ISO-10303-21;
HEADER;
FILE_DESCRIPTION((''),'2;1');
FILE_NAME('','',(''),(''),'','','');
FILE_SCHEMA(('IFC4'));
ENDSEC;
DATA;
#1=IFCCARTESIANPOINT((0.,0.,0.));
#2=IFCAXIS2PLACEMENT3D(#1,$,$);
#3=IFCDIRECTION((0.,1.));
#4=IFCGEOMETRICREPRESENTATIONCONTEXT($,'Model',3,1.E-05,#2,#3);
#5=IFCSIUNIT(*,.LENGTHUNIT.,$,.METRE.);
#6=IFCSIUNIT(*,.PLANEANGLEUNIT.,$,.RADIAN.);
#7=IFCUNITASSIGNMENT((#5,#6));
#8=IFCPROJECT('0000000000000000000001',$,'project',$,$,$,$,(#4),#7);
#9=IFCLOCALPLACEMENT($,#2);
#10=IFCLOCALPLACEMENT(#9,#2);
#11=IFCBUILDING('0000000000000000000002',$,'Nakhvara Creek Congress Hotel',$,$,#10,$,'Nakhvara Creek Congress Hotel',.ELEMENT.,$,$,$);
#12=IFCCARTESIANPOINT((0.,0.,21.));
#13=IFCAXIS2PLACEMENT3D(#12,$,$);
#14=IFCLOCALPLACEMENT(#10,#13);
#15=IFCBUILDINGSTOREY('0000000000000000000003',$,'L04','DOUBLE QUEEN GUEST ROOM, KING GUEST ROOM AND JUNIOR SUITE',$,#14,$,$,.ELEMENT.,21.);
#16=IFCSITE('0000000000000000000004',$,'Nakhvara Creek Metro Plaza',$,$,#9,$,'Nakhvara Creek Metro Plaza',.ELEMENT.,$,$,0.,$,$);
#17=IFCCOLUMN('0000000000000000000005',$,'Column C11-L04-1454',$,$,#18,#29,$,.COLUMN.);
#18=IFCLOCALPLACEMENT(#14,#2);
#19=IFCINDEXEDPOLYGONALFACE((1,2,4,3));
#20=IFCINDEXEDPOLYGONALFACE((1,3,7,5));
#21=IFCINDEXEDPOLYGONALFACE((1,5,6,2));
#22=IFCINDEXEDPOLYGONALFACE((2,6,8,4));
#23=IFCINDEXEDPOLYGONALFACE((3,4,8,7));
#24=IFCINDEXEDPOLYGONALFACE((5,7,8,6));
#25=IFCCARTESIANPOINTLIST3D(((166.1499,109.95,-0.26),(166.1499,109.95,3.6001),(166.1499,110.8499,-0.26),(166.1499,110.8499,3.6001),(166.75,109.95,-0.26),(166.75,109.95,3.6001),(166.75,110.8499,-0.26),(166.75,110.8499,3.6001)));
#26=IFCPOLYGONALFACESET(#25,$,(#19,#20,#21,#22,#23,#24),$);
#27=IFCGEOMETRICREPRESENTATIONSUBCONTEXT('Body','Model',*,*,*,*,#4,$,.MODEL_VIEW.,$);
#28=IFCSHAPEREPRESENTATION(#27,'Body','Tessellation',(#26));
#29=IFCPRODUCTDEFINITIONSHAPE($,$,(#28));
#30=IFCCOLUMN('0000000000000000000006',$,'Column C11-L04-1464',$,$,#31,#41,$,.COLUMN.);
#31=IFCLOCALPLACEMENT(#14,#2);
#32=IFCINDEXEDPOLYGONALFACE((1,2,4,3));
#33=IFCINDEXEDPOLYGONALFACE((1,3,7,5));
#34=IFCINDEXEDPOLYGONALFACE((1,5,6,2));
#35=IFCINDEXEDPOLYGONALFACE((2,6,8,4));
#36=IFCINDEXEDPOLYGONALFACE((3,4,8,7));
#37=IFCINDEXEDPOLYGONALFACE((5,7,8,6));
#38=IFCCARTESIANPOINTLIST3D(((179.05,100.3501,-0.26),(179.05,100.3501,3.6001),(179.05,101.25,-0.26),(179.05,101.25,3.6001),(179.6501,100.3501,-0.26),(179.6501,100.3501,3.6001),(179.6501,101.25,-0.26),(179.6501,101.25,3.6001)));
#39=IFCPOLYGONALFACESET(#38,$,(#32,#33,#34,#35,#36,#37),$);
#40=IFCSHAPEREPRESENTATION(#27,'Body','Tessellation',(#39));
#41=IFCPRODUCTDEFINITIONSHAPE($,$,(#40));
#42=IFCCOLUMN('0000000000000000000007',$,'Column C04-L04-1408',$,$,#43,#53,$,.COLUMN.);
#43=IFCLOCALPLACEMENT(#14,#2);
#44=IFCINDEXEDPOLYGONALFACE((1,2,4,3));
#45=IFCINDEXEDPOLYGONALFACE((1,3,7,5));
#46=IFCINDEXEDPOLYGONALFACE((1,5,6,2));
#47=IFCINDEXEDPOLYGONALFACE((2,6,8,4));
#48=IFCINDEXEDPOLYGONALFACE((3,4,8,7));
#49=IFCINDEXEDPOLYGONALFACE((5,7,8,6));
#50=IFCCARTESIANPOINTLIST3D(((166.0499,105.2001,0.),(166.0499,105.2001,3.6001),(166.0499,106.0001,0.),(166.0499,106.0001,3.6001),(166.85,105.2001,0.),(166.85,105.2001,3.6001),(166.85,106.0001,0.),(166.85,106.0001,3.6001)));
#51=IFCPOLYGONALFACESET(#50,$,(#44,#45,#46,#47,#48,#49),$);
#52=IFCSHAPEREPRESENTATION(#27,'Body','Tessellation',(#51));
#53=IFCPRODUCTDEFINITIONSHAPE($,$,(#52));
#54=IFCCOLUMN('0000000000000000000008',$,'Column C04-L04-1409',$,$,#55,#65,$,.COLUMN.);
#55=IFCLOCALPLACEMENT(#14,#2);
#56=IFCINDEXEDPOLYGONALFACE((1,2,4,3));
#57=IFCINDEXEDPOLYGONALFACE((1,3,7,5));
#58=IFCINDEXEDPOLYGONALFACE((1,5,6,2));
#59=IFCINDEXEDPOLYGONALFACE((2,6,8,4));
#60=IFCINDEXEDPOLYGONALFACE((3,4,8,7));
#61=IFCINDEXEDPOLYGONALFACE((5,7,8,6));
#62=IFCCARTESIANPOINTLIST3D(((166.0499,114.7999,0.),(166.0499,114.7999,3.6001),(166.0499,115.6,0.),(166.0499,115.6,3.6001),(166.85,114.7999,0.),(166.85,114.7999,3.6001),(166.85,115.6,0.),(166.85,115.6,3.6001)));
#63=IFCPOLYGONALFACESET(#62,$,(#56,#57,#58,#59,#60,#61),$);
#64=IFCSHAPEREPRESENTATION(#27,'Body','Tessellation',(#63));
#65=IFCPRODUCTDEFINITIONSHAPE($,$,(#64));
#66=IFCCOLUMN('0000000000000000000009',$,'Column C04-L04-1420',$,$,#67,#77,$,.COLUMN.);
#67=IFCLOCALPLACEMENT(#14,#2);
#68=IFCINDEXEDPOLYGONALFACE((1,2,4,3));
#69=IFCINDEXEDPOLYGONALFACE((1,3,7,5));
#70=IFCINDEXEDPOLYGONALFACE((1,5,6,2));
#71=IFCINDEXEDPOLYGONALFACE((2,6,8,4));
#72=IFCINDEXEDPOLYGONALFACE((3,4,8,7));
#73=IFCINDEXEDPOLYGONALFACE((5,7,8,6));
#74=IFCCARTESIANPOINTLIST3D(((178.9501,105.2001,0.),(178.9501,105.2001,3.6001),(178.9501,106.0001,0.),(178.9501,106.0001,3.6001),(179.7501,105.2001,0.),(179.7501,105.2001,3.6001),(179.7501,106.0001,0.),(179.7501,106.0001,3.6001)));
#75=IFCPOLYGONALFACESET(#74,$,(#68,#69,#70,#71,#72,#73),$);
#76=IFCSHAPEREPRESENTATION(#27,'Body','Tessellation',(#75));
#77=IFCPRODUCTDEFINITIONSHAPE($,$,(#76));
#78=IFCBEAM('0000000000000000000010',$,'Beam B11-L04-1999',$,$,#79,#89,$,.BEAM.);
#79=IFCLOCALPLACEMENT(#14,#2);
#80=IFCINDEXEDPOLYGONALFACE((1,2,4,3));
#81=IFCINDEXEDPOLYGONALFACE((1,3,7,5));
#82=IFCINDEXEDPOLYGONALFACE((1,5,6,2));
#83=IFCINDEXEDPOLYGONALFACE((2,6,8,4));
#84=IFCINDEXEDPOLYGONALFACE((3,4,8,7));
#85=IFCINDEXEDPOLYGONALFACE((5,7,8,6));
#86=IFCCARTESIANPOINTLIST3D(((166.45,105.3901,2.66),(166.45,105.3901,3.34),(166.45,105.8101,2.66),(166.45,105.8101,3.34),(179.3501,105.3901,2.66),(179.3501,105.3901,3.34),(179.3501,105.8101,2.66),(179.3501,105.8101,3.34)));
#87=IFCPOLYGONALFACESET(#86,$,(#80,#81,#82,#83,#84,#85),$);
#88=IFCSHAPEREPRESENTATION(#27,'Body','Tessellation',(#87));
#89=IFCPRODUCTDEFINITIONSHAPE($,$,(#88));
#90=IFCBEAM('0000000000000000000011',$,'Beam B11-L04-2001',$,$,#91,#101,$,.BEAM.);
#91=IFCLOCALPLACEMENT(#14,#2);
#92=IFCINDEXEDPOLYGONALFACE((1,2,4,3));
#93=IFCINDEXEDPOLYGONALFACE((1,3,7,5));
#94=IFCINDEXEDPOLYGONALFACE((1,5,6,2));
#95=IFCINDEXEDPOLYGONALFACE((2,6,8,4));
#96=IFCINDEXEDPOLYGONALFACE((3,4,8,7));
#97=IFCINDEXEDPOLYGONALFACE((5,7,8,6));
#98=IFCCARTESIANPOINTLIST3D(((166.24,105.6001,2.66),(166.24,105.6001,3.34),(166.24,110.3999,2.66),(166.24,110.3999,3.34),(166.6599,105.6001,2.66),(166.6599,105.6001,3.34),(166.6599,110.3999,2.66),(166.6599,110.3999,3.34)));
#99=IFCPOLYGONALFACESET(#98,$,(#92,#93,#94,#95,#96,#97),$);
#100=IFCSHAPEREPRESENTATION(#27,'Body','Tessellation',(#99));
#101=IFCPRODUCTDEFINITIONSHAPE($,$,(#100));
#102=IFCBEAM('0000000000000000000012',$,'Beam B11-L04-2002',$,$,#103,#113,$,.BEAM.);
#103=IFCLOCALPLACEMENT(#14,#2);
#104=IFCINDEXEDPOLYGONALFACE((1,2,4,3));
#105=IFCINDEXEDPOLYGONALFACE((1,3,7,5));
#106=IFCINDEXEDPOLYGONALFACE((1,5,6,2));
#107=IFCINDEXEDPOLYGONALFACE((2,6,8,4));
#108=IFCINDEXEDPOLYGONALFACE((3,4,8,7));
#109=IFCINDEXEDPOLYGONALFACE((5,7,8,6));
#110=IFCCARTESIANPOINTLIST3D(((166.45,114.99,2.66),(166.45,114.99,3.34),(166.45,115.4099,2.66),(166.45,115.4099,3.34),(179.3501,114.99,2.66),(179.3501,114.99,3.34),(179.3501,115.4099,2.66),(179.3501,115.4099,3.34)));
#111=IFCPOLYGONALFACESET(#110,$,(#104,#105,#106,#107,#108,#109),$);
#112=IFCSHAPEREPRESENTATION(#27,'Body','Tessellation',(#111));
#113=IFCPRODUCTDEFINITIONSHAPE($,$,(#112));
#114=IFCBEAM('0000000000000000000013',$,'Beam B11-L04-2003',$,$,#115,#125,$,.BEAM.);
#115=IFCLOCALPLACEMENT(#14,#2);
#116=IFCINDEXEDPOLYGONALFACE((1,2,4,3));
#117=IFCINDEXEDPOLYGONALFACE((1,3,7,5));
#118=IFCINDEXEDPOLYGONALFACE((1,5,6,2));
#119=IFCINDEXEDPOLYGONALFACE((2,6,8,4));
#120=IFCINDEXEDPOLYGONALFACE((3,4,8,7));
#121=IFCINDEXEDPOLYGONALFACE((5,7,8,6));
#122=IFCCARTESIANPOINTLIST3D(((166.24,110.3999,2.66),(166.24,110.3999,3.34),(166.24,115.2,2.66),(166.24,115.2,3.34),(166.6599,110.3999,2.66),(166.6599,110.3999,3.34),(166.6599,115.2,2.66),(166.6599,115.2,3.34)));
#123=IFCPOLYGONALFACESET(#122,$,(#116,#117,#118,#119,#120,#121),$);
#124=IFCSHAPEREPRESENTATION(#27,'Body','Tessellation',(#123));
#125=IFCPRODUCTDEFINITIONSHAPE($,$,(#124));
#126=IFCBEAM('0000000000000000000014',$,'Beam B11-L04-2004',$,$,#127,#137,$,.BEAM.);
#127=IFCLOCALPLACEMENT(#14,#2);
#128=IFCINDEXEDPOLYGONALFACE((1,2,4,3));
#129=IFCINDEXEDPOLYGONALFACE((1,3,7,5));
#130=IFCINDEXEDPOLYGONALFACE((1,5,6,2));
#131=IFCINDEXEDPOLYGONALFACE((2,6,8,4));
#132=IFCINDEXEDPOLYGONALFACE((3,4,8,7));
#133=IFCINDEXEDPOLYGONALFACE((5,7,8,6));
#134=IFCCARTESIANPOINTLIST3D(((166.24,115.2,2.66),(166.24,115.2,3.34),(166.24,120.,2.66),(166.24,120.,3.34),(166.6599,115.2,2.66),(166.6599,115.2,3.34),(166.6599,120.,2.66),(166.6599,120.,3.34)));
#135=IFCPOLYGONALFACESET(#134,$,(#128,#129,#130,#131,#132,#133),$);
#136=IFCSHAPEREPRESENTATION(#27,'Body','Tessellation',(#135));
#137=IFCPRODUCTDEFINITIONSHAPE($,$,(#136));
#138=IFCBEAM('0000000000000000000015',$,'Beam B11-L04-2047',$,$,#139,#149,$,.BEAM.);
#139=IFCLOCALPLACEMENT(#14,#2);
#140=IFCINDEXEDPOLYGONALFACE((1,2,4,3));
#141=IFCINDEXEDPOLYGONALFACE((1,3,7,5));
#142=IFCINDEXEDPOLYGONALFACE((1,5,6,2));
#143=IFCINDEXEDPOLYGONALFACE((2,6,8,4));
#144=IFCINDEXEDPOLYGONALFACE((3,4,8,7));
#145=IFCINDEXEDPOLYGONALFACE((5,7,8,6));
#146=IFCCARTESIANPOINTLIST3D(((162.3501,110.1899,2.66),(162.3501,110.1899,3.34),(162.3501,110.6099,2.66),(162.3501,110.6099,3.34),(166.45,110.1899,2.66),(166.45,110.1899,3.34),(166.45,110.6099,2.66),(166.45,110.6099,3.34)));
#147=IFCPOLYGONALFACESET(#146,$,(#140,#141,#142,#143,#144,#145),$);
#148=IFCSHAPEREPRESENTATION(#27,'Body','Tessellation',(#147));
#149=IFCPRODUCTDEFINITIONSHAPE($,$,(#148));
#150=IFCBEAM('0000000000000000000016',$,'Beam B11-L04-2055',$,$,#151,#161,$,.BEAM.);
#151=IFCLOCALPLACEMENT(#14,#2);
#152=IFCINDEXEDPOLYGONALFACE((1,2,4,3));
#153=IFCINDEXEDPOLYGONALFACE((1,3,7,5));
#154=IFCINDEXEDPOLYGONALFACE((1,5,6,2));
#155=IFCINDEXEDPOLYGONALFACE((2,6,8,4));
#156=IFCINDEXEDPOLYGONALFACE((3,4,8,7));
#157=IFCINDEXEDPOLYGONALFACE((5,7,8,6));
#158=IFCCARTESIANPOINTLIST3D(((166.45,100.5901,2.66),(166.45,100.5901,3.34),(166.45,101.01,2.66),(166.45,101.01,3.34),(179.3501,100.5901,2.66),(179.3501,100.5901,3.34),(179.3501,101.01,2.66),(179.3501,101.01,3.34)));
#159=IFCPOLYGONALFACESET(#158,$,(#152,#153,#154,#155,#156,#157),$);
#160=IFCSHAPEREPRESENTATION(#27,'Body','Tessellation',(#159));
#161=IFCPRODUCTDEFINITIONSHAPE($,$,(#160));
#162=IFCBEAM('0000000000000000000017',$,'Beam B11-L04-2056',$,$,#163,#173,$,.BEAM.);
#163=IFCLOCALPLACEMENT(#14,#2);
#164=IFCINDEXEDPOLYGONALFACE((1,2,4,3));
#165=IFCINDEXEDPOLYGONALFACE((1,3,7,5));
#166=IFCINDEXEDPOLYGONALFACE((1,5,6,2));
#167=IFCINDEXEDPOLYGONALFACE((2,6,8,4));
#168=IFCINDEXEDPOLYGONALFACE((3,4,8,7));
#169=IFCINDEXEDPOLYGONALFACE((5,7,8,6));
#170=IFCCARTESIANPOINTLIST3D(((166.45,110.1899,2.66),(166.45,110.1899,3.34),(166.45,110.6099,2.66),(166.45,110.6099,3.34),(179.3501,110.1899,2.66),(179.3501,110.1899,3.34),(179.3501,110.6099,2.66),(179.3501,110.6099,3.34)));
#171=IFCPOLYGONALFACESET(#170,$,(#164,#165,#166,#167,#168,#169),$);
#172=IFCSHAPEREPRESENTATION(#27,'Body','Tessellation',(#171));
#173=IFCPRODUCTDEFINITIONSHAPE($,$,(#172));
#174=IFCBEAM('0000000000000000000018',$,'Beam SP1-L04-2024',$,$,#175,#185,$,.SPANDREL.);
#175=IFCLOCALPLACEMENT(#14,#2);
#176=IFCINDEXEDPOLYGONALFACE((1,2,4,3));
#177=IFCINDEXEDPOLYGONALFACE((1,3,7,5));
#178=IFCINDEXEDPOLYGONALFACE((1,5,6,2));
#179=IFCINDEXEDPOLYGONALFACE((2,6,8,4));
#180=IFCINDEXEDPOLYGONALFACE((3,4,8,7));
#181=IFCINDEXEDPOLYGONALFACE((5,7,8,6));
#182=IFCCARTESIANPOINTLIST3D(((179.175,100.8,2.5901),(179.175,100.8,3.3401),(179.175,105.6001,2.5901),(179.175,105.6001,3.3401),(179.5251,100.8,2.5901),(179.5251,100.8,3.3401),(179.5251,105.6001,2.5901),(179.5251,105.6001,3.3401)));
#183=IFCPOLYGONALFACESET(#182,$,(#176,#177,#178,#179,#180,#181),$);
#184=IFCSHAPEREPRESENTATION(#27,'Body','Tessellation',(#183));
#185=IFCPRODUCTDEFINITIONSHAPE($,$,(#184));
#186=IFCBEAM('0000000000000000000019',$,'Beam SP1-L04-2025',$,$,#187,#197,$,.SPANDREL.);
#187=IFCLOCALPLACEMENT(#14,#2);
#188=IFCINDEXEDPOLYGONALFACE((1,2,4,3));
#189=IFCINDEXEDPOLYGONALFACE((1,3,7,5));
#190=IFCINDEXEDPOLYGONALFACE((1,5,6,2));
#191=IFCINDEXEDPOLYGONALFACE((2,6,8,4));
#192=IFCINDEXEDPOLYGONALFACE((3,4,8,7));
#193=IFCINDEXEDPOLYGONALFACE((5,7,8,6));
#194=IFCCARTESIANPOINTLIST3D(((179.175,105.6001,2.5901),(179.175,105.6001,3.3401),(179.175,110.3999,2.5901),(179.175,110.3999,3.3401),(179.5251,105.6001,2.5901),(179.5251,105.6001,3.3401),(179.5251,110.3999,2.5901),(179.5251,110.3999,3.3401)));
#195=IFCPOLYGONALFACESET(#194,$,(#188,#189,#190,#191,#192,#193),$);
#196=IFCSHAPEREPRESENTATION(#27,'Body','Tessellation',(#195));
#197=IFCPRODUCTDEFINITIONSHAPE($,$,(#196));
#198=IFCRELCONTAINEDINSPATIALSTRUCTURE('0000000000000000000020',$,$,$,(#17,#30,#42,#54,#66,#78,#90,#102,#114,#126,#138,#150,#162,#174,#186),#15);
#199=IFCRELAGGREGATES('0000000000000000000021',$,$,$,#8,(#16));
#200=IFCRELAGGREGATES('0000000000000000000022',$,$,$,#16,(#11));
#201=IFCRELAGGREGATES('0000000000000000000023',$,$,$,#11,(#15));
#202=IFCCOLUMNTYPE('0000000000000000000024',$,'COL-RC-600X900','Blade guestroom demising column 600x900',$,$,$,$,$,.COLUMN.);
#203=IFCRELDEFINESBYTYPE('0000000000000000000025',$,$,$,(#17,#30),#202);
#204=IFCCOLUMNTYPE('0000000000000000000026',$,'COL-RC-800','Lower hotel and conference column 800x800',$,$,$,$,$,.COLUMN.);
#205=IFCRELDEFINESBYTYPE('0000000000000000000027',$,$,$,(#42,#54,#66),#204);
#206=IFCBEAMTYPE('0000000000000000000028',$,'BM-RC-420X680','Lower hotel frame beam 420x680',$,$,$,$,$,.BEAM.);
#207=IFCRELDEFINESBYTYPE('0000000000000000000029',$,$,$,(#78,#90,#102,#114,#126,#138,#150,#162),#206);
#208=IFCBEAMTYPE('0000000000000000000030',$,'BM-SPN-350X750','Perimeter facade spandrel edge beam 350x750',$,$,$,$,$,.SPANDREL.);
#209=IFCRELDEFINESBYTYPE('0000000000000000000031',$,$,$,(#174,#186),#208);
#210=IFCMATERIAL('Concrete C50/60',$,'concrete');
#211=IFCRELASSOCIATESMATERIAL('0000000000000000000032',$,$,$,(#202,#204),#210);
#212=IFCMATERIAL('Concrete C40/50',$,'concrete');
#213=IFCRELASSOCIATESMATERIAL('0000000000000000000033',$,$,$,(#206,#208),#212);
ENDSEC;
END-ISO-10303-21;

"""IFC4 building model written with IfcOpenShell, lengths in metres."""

from ifc_helpers import new_model, si_unit, direction, frame, origin, origin_2d, place, context, subcontext, project, spatial, rectangle, extrude, material, material_profile, profile_set, type_object, element, save


model = new_model("IFC4")

# Units and contexts
model_context = context("Model", 3, precision=1e-05, world=origin(), true_north=direction((0.0, 1.0)))
body_context = subcontext(model_context, "Body", "Model", "MODEL_VIEW")
ifc_project = project(units=[si_unit("LENGTHUNIT", "METRE"), si_unit("PLANEANGLEUNIT", "RADIAN")], contexts=[model_context])

# Site, building, storey
site_placement = place(None, origin())
site = spatial("IfcSite", under=ifc_project, at=site_placement, Name="Nakhvara Creek Metro Plaza", LongName="Nakhvara Creek Metro Plaza", CompositionType="ELEMENT", RefElevation=0.0)
building_placement = place(site_placement, origin())
building = spatial("IfcBuilding", under=site, at=building_placement, Name="Nakhvara Creek Congress Hotel", LongName="Nakhvara Creek Congress Hotel", CompositionType="ELEMENT")
storey_placement = place(building_placement, frame((0.0, 0.0, 21.0)))
storey = spatial("IfcBuildingStorey", under=building, at=storey_placement, Name="L04", Description="DOUBLE QUEEN GUEST ROOM, KING GUEST ROOM AND JUNIOR SUITE", CompositionType="ELEMENT", Elevation=21.0)

# Columns
ifc_material_1 = material(Name="Concrete C50/60", Category="concrete")
ifc_material_profile_1 = material_profile(ifc_material_1, rectangle(XDim=0.6001, YDim=0.8999, at=origin_2d()), Name="RC-COL 600x900", Category="LoadBearing")
ifc_profile_set_1 = profile_set([ifc_material_profile_1], Name="Concrete C50/60")
column_type_1 = type_object("IfcColumnType", Name="COL-RC-600X900", Description="Blade guestroom demising column 600x900", PredefinedType="COLUMN", material=ifc_profile_set_1)
for number, where, z_axis, x_axis, name in (
    (1, (166.45, 110.3999, -0.26), (0.0, 0.0, 1.0), (1.0, 0.0, 0.0), "Column C11-L04-1454"),
    (2, (179.3501, 100.8, -0.26), (0.0, 0.0, 1.0), (1.0, 0.0, 0.0), "Column C11-L04-1464"),
):
    element("IfcColumn", number, at=place(storey_placement, frame(where, z_axis=z_axis, x_axis=x_axis)), inside=storey, type_object=column_type_1, Name=name, PredefinedType="COLUMN", context=body_context, shape_type="SweptSolid", body=[
        extrude(rectangle(XDim=0.6001, YDim=0.8999, at=origin_2d()), origin(), (0.0, 0.0, 1.0), 3.8601),
    ])
ifc_material_profile_2 = material_profile(ifc_material_1, rectangle(XDim=0.8, YDim=0.8, at=origin_2d()), Name="RC-COL 800x800", Category="LoadBearing")
ifc_profile_set_2 = profile_set([ifc_material_profile_2], Name="Concrete C50/60")
column_type_2 = type_object("IfcColumnType", Name="COL-RC-800", Description="Lower hotel and conference column 800x800", PredefinedType="COLUMN", material=ifc_profile_set_2)
for number, where, z_axis, x_axis, name in (
    (3, (166.45, 105.6001, 0.0), (0.0, 0.0, 1.0), (1.0, 0.0, 0.0), "Column C04-L04-1408"),
    (4, (166.45, 115.2, 0.0), (0.0, 0.0, 1.0), (1.0, 0.0, 0.0), "Column C04-L04-1409"),
    (5, (179.3501, 105.6001, 0.0), (0.0, 0.0, 1.0), (1.0, 0.0, 0.0), "Column C04-L04-1420"),
):
    element("IfcColumn", number, at=place(storey_placement, frame(where, z_axis=z_axis, x_axis=x_axis)), inside=storey, type_object=column_type_2, Name=name, PredefinedType="COLUMN", context=body_context, shape_type="SweptSolid", body=[
        extrude(rectangle(XDim=0.8, YDim=0.8, at=origin_2d()), origin(), (0.0, 0.0, 1.0), 3.6001),
    ])

# Beams
ifc_material_2 = material(Name="Concrete C40/50", Category="concrete")
ifc_material_profile_3 = material_profile(ifc_material_2, rectangle(XDim=0.4199, YDim=0.6799, at=origin_2d()), Name="RC-BM 420x680", Category="LoadBearing")
ifc_profile_set_3 = profile_set([ifc_material_profile_3], Name="Concrete C40/50")
beam_type_1 = type_object("IfcBeamType", Name="BM-RC-420X680", Description="Lower hotel frame beam 420x680", PredefinedType="BEAM", material=ifc_profile_set_3)
beam_1_placement = place(storey_placement, frame((166.45, 105.6001, 3.0), z_axis=(1.0, 0.0, 0.0), x_axis=(0.0, 1.0, 0.0)))
element("IfcBeam", 6, at=beam_1_placement, inside=storey, type_object=beam_type_1, Name="Beam B11-L04-1999", PredefinedType="BEAM", context=body_context, shape_type="SweptSolid", body=[
    extrude(rectangle(XDim=0.4199, YDim=0.6799, at=origin_2d()), origin(), (0.0, 0.0, 1.0), 12.9001),
])
beam_2_placement = place(storey_placement, frame((166.45, 105.6001, 3.0), z_axis=(0.0, 1.0, 0.0), x_axis=(-1.0, 0.0, 0.0)))
element("IfcBeam", 7, at=beam_2_placement, inside=storey, type_object=beam_type_1, Name="Beam B11-L04-2001", PredefinedType="BEAM", context=body_context, shape_type="SweptSolid", body=[
    extrude(rectangle(XDim=0.4199, YDim=0.6799, at=origin_2d()), origin(), (0.0, 0.0, 1.0), 4.7998),
])
beam_3_placement = place(storey_placement, frame((166.45, 115.2, 3.0), z_axis=(1.0, 0.0, 0.0), x_axis=(0.0, 1.0, 0.0)))
element("IfcBeam", 8, at=beam_3_placement, inside=storey, type_object=beam_type_1, Name="Beam B11-L04-2002", PredefinedType="BEAM", context=body_context, shape_type="SweptSolid", body=[
    extrude(rectangle(XDim=0.4199, YDim=0.6799, at=origin_2d()), origin(), (0.0, 0.0, 1.0), 12.9001),
])
for number, where, z_axis, x_axis, name in (
    (9, (166.45, 110.3999, 3.0), (0.0, 1.0, 0.0), (-1.0, 0.0, 0.0), "Beam B11-L04-2003"),
    (10, (166.45, 115.2, 3.0), (0.0, 1.0, 0.0), (-1.0, 0.0, 0.0), "Beam B11-L04-2004"),
):
    element("IfcBeam", number, at=place(storey_placement, frame(where, z_axis=z_axis, x_axis=x_axis)), inside=storey, type_object=beam_type_1, Name=name, PredefinedType="BEAM", context=body_context, shape_type="SweptSolid", body=[
        extrude(rectangle(XDim=0.4199, YDim=0.6799, at=origin_2d()), origin(), (0.0, 0.0, 1.0), 4.8),
    ])
beam_4_placement = place(storey_placement, frame((162.3501, 110.3999, 3.0), z_axis=(1.0, 0.0, 0.0), x_axis=(0.0, 1.0, 0.0)))
element("IfcBeam", 11, at=beam_4_placement, inside=storey, type_object=beam_type_1, Name="Beam B11-L04-2047", PredefinedType="BEAM", context=body_context, shape_type="SweptSolid", body=[
    extrude(rectangle(XDim=0.4199, YDim=0.6799, at=origin_2d()), origin(), (0.0, 0.0, 1.0), 4.0999),
])
for number, where, z_axis, x_axis, name in (
    (12, (166.45, 100.8, 3.0), (1.0, 0.0, 0.0), (0.0, 1.0, 0.0), "Beam B11-L04-2055"),
    (13, (166.45, 110.3999, 3.0), (1.0, 0.0, 0.0), (0.0, 1.0, 0.0), "Beam B11-L04-2056"),
):
    element("IfcBeam", number, at=place(storey_placement, frame(where, z_axis=z_axis, x_axis=x_axis)), inside=storey, type_object=beam_type_1, Name=name, PredefinedType="BEAM", context=body_context, shape_type="SweptSolid", body=[
        extrude(rectangle(XDim=0.4199, YDim=0.6799, at=origin_2d()), origin(), (0.0, 0.0, 1.0), 12.9001),
    ])
ifc_material_profile_4 = material_profile(ifc_material_2, rectangle(XDim=0.3501, YDim=0.75, at=origin_2d()), Name="RC-SPANDREL 350x750", Category="LoadBearing")
ifc_profile_set_4 = profile_set([ifc_material_profile_4], Name="Concrete C40/50")
beam_type_2 = type_object("IfcBeamType", Name="BM-SPN-350X750", Description="Perimeter facade spandrel edge beam 350x750", PredefinedType="SPANDREL", material=ifc_profile_set_4)
beam_5_placement = place(storey_placement, frame((179.3501, 100.8, 2.9651), z_axis=(0.0, 1.0, 0.0), x_axis=(-1.0, 0.0, 0.0)))
element("IfcBeam", 14, at=beam_5_placement, inside=storey, type_object=beam_type_2, Name="Beam SP1-L04-2024", PredefinedType="SPANDREL", context=body_context, shape_type="SweptSolid", body=[
    extrude(rectangle(XDim=0.3501, YDim=0.75, at=origin_2d()), origin(), (0.0, 0.0, 1.0), 4.8),
])
beam_6_placement = place(storey_placement, frame((179.3501, 105.6001, 2.9651), z_axis=(0.0, 1.0, 0.0), x_axis=(-1.0, 0.0, 0.0)))
element("IfcBeam", 15, at=beam_6_placement, inside=storey, type_object=beam_type_2, Name="Beam SP1-L04-2025", PredefinedType="SPANDREL", context=body_context, shape_type="SweptSolid", body=[
    extrude(rectangle(XDim=0.3501, YDim=0.75, at=origin_2d()), origin(), (0.0, 0.0, 1.0), 4.7998),
])

save(model, "model.ifc")
